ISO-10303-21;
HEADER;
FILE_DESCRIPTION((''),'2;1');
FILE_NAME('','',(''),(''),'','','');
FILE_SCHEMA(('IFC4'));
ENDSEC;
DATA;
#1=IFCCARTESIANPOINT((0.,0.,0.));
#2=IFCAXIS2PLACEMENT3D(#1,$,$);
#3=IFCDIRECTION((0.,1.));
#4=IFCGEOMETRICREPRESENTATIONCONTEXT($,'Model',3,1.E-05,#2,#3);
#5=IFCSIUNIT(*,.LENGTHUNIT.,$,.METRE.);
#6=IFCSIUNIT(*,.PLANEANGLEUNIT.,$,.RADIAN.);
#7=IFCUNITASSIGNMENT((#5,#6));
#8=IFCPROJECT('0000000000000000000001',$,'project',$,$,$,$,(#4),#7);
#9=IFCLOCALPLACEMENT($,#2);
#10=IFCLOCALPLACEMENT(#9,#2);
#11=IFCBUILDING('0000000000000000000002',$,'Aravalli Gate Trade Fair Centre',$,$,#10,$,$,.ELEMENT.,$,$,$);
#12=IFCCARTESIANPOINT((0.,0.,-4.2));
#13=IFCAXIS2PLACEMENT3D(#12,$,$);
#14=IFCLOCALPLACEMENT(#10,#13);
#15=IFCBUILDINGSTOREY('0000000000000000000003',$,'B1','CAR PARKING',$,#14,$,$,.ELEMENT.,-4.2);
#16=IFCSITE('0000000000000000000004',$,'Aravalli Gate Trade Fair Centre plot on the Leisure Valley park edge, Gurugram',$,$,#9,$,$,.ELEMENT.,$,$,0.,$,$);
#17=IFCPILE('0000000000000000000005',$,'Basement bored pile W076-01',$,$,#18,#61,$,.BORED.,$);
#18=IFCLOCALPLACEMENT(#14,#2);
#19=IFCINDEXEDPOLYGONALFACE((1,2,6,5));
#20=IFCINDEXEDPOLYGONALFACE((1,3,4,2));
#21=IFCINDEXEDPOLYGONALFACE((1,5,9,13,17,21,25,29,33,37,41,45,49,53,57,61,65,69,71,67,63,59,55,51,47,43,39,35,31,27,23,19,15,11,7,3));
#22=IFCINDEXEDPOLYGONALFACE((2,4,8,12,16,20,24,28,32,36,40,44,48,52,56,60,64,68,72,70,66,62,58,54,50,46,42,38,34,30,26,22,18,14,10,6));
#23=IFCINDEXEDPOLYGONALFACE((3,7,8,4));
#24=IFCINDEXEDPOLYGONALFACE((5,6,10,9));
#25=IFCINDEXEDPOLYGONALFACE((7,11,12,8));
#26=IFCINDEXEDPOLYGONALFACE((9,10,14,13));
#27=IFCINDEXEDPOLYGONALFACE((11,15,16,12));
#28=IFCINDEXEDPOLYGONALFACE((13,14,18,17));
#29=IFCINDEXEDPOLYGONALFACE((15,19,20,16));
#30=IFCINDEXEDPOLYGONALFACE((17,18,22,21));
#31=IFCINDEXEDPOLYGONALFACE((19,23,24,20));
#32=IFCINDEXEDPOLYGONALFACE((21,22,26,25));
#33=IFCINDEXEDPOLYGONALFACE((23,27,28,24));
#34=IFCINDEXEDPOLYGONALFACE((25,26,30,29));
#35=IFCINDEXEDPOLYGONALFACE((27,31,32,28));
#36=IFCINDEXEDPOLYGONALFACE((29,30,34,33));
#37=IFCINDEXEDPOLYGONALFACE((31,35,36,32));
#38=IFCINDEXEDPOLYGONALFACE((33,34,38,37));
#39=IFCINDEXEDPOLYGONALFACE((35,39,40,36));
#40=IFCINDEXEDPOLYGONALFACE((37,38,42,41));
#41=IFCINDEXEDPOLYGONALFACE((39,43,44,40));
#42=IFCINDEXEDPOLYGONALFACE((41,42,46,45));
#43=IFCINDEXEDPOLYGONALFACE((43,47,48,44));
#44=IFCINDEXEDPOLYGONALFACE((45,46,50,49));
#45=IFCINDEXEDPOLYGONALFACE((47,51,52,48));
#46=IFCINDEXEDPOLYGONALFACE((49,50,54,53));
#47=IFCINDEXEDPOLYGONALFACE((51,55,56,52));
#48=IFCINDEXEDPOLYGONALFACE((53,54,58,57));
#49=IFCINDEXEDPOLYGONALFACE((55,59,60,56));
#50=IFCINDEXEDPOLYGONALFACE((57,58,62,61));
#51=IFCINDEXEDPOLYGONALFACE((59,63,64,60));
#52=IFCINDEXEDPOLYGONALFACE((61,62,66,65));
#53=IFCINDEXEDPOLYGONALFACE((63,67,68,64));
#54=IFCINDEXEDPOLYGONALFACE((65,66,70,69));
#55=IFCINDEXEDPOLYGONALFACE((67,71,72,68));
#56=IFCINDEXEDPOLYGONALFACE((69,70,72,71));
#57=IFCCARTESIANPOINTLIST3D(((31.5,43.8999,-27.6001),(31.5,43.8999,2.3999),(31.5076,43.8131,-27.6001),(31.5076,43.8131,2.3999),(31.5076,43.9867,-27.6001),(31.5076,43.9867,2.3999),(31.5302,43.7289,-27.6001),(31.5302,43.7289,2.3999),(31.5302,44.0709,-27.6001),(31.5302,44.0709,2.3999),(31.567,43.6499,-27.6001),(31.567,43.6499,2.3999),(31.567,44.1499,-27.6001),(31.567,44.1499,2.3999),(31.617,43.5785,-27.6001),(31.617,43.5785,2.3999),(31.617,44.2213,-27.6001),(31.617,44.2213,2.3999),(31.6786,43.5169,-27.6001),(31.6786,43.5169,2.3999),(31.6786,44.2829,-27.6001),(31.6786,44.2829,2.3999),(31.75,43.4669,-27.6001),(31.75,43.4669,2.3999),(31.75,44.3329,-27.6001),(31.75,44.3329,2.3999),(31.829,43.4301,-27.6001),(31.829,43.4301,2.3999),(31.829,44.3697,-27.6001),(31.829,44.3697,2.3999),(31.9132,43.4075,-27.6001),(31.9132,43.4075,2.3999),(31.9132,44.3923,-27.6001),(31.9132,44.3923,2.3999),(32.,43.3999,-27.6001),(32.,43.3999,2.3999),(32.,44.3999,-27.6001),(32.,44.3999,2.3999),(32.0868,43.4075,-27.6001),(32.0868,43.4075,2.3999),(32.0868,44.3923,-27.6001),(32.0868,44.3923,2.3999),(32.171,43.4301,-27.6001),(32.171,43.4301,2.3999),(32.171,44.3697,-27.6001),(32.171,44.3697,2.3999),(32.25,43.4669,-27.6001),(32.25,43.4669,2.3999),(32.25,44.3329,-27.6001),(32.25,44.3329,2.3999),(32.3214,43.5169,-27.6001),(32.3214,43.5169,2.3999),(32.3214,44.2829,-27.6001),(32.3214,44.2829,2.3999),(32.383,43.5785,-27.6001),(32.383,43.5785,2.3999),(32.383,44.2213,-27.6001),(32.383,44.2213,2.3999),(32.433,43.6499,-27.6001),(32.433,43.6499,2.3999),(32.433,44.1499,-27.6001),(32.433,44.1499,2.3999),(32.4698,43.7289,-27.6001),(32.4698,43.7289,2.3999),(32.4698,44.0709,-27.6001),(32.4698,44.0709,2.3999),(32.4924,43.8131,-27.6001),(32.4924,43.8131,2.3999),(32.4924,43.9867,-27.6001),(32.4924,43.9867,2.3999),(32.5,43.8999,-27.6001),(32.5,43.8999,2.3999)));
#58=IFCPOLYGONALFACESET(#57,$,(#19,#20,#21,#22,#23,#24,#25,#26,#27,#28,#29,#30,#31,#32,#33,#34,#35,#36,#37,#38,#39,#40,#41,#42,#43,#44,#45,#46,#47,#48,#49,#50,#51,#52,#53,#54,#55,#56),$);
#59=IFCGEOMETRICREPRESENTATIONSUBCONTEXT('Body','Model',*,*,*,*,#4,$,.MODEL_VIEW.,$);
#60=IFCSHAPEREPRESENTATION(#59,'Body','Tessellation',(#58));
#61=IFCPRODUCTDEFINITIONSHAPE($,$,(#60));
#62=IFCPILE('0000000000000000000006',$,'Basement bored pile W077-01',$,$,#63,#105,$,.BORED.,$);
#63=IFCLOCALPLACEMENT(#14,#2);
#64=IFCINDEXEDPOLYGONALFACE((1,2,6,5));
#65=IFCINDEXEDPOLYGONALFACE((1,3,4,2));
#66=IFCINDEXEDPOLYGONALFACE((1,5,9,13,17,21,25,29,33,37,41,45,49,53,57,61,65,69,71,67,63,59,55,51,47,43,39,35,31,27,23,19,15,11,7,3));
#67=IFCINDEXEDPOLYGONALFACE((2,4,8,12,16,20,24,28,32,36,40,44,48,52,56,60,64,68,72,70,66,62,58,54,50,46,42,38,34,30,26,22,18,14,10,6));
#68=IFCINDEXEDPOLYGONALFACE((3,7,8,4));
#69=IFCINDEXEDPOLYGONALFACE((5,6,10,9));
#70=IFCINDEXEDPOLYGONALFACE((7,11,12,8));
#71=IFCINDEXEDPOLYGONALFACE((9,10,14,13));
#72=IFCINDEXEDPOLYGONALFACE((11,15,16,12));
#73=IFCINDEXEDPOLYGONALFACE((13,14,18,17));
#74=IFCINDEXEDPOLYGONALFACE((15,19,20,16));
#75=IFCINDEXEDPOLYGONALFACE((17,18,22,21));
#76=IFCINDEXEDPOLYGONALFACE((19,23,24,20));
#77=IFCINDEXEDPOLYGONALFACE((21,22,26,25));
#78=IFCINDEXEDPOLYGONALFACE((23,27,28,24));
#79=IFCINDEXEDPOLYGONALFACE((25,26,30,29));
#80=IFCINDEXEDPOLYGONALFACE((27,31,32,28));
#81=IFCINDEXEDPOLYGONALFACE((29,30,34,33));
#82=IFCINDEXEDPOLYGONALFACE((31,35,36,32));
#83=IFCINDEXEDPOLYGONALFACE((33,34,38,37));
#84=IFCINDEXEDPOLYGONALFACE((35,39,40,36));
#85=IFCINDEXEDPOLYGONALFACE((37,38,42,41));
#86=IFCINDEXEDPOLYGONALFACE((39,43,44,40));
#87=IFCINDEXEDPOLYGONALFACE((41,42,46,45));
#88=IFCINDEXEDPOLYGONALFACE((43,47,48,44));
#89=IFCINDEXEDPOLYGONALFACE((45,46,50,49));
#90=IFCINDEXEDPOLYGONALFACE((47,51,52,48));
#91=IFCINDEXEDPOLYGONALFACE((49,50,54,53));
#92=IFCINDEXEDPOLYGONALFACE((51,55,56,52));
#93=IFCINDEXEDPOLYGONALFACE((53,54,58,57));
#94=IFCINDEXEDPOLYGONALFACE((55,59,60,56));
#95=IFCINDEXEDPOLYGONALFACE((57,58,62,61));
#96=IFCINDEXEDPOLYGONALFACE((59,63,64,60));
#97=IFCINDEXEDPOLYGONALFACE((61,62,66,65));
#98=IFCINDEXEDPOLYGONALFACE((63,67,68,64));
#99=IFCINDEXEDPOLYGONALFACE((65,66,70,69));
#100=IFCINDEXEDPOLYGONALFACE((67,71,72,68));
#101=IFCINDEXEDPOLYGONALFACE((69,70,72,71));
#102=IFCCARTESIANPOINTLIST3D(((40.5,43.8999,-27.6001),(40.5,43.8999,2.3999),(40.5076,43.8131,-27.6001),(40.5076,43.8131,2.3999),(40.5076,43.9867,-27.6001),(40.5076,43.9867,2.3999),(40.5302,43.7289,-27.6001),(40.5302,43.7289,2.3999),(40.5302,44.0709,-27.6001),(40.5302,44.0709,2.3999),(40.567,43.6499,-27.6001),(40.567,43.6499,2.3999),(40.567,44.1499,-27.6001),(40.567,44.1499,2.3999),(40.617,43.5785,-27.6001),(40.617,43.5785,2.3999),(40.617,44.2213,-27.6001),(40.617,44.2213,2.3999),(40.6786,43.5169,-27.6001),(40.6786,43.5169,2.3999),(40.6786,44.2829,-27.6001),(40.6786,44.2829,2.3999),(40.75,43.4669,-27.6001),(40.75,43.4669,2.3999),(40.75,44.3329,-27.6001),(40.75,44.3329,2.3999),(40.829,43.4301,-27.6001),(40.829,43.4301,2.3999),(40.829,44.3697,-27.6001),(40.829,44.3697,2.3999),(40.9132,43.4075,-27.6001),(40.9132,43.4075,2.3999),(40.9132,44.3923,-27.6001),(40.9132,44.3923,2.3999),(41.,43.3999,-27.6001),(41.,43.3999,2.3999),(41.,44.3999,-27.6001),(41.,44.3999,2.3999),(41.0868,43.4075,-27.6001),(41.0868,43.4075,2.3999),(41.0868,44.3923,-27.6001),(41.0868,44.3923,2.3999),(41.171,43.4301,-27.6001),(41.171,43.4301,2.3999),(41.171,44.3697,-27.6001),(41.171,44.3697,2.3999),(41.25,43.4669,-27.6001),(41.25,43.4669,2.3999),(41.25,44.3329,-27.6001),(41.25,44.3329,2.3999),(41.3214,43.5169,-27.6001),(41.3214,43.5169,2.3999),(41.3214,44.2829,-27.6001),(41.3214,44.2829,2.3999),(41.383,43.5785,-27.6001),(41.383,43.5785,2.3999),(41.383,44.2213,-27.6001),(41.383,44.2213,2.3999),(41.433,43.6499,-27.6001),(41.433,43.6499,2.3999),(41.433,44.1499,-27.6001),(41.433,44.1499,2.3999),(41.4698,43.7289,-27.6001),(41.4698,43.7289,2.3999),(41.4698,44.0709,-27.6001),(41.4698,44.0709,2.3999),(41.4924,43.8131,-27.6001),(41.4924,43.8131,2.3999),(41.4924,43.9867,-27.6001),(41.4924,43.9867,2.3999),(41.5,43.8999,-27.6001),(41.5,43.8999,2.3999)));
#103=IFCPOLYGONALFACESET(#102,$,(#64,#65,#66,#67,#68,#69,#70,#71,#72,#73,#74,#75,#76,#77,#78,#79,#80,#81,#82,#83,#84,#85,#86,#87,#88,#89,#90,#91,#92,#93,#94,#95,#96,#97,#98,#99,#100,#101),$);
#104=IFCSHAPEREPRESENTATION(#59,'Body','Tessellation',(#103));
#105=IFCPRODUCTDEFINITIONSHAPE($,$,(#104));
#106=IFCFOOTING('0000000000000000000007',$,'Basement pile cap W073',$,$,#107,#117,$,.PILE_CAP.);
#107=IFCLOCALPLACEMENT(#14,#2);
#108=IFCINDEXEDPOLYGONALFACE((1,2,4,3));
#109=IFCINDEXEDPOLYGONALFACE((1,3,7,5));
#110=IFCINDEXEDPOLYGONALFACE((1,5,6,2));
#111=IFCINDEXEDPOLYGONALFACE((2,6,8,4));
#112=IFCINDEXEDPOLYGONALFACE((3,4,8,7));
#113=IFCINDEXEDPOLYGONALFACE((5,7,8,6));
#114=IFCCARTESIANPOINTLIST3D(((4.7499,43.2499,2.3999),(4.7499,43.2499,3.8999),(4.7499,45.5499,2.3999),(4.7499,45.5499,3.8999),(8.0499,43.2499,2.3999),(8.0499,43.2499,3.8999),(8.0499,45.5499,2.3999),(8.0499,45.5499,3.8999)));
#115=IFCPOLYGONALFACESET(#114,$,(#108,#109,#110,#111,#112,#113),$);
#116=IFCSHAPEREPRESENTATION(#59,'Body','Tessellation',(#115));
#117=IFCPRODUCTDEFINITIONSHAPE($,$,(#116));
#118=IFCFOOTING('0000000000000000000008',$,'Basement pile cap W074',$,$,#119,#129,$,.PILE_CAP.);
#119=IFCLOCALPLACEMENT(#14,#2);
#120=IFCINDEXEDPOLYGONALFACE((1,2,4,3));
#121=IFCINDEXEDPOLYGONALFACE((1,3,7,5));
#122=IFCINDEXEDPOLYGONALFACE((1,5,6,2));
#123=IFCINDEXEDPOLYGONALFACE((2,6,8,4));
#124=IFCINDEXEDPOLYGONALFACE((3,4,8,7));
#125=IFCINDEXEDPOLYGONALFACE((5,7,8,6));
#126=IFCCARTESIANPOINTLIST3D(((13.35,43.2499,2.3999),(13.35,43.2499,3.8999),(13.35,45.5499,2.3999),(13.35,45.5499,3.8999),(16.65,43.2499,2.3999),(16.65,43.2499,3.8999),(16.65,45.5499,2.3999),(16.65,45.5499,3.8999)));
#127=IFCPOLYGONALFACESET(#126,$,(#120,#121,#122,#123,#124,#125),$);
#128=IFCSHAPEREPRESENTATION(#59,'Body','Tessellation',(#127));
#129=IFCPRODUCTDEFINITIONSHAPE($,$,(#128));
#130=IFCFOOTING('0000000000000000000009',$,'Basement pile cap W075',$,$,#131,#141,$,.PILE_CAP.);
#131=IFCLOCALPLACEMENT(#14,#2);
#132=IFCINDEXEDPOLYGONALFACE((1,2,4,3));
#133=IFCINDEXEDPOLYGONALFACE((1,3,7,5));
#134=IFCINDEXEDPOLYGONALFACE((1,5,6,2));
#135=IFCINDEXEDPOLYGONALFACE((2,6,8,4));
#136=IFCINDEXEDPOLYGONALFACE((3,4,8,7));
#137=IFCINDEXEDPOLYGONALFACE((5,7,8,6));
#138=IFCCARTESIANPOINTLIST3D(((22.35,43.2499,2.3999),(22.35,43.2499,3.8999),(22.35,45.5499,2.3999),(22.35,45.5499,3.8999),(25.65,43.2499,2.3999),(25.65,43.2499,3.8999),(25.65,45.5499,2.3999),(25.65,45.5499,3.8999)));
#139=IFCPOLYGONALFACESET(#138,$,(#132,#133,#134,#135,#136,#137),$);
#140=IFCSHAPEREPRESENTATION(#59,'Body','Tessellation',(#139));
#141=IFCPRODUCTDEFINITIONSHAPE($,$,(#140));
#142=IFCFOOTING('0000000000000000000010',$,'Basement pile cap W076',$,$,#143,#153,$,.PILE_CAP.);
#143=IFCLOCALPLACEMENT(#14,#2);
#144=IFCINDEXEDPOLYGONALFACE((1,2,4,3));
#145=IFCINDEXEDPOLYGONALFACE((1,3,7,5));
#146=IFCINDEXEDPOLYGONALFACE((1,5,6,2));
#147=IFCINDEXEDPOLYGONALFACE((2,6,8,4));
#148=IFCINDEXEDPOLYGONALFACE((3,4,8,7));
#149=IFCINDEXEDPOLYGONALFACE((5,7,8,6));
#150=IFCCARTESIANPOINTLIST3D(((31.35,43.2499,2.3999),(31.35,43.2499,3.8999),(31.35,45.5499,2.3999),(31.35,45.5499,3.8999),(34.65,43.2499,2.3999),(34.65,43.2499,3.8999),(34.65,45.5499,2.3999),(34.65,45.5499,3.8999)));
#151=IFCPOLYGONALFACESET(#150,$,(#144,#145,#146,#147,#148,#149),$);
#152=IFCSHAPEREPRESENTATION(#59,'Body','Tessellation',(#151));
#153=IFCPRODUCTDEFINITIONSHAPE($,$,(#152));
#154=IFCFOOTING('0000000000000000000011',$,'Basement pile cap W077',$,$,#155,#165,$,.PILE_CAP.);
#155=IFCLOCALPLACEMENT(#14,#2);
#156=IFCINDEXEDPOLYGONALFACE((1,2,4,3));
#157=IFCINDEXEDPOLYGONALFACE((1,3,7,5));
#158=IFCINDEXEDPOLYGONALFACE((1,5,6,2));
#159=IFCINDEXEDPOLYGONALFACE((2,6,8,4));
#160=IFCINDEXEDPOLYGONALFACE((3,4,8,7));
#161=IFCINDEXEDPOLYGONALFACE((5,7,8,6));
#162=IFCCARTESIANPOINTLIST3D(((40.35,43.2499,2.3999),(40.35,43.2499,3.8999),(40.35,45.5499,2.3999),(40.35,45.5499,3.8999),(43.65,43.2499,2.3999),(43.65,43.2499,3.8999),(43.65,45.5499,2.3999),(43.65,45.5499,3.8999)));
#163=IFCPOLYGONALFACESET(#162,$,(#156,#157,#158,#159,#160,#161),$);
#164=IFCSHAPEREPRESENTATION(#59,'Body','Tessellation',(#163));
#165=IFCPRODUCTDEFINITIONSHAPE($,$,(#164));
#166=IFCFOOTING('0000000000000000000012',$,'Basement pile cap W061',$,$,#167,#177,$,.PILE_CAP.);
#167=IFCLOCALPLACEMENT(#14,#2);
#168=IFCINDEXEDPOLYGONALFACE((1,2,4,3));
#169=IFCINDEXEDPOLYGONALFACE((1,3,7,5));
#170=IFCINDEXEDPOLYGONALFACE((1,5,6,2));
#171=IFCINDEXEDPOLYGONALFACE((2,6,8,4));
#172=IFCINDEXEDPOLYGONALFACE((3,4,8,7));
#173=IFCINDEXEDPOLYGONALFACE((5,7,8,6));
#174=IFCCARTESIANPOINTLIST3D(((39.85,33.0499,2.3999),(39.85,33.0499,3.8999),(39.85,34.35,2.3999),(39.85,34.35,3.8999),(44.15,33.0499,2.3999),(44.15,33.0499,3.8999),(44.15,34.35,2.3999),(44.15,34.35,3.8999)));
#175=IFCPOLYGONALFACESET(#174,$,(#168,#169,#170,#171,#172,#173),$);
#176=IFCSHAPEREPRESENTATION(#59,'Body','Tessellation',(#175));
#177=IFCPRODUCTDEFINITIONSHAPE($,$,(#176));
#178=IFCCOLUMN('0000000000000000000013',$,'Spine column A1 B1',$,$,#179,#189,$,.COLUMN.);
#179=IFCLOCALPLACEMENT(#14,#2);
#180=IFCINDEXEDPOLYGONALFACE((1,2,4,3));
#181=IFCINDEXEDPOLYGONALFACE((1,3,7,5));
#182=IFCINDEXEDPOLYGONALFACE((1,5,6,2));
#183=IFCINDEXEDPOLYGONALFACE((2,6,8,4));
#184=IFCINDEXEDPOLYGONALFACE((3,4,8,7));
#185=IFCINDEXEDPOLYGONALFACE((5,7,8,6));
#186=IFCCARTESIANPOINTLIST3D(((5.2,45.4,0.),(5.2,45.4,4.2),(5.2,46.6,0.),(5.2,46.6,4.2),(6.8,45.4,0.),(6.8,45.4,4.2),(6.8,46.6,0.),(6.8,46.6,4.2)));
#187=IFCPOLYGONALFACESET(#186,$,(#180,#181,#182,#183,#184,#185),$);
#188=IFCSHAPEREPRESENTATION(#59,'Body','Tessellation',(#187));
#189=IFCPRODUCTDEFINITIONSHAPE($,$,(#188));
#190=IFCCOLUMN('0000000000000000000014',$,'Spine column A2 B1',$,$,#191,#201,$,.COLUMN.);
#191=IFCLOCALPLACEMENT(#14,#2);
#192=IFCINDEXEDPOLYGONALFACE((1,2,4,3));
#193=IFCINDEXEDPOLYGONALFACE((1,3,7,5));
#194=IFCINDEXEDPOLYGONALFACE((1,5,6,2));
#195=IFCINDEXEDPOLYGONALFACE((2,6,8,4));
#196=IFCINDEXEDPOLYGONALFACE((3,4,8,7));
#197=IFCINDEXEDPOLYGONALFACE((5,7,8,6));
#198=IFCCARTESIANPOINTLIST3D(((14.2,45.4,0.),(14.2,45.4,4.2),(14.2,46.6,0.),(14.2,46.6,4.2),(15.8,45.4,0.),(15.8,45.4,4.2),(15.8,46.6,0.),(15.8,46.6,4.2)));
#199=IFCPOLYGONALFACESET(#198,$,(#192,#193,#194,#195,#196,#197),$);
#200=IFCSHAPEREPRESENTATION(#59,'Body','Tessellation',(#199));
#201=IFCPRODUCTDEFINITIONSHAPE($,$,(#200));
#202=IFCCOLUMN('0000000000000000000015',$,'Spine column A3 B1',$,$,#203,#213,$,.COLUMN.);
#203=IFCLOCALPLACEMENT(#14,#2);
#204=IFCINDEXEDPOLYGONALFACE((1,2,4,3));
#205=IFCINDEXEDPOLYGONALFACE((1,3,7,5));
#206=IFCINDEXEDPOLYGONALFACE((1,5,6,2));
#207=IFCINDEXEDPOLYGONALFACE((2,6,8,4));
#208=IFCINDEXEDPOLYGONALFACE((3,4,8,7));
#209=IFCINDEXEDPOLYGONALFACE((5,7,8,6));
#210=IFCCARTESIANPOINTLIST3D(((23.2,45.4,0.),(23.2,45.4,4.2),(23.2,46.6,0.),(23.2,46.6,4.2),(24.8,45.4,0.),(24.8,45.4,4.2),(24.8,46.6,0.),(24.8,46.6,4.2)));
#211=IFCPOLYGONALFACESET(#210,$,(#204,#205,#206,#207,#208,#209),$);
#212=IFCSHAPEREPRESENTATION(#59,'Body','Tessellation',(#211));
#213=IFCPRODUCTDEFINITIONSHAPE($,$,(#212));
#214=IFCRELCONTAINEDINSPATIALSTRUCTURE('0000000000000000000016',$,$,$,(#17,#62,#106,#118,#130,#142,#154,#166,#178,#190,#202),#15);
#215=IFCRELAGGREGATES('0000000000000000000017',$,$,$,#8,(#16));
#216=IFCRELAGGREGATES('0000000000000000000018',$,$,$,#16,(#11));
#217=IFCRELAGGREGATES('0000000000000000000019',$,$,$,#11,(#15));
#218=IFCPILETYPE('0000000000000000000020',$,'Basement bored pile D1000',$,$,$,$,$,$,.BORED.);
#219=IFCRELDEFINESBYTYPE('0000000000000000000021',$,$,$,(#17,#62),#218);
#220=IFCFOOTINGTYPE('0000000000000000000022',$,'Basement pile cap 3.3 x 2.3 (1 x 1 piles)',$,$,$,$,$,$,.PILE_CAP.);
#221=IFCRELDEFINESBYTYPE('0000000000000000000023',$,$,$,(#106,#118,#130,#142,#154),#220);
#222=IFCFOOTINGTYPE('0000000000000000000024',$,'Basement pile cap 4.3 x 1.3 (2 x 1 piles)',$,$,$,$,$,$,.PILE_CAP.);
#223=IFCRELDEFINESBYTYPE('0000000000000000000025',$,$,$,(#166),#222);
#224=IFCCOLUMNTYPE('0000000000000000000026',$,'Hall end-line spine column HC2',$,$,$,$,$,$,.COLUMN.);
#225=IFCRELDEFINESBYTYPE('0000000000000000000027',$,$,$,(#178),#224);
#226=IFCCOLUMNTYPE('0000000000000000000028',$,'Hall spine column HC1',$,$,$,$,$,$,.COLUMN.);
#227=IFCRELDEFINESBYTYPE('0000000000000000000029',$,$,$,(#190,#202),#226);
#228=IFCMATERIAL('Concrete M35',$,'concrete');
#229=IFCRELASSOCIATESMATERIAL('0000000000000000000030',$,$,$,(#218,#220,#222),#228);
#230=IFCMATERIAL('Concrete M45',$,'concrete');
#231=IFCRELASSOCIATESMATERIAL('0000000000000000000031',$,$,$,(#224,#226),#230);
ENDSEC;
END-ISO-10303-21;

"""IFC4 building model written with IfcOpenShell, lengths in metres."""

from ifc_helpers import new_model, si_unit, direction, frame, origin, origin_2d, place, context, subcontext, project, spatial, rectangle, circle, extrude, material, material_profile, profile_set, type_object, element, save


model = new_model("IFC4")

# Units and contexts
model_context = context("Model", 3, precision=1e-05, world=origin(), true_north=direction((0.0, 1.0)))
body_context = subcontext(model_context, "Body", "Model", "MODEL_VIEW")
ifc_project = project(units=[si_unit("LENGTHUNIT", "METRE"), si_unit("PLANEANGLEUNIT", "RADIAN")], contexts=[model_context])

# Site, building, storey
site_placement = place(None, origin())
site = spatial("IfcSite", under=ifc_project, at=site_placement, Name="Aravalli Gate Trade Fair Centre plot on the Leisure Valley park edge, Gurugram", CompositionType="ELEMENT", RefElevation=0.0)
building_placement = place(site_placement, origin())
building = spatial("IfcBuilding", under=site, at=building_placement, Name="Aravalli Gate Trade Fair Centre", CompositionType="ELEMENT")
storey_placement = place(building_placement, frame((0.0, 0.0, -4.2)))
storey = spatial("IfcBuildingStorey", under=building, at=storey_placement, Name="B1", Description="CAR PARKING", CompositionType="ELEMENT", Elevation=-4.2)

# Piles
ifc_material_1 = material(Name="Concrete M35", Category="concrete")
ifc_material_profile_1 = material_profile(ifc_material_1, circle(Radius=0.5, at=origin_2d()), Name="D1000")
ifc_profile_set_1 = profile_set([ifc_material_profile_1], Name="Concrete M35")
pile_type = type_object("IfcPileType", Name="Basement bored pile D1000", PredefinedType="BORED", material=ifc_profile_set_1)
for number, where, z_axis, x_axis, name in (
    (1, (32.0, 43.8999, 2.3999), (0.0, 0.0, -1.0), (1.0, 0.0, 0.0), "Basement bored pile W076-01"),
    (2, (41.0, 43.8999, 2.3999), (0.0, 0.0, -1.0), (1.0, 0.0, 0.0), "Basement bored pile W077-01"),
):
    element("IfcPile", number, at=place(storey_placement, frame(where, z_axis=z_axis, x_axis=x_axis)), inside=storey, type_object=pile_type, Name=name, PredefinedType="BORED", context=body_context, shape_type="SweptSolid", body=[
        extrude(circle(Radius=0.5, at=origin_2d()), origin(), (0.0, 0.0, 1.0), 30.0),
    ])

# Footings
footing_type_1 = type_object("IfcFootingType", Name="Basement pile cap 3.3 x 2.3 (1 x 1 piles)", PredefinedType="PILE_CAP", material=ifc_material_1)
for number, where, z_axis, x_axis, name in (
    (3, (6.3999, 44.3999, 2.3999), (0.0, 0.0, 1.0), (1.0, 0.0, 0.0), "Basement pile cap W073"),
    (4, (15.0, 44.3999, 2.3999), (0.0, 0.0, 1.0), (1.0, 0.0, 0.0), "Basement pile cap W074"),
    (5, (24.0, 44.3999, 2.3999), (0.0, 0.0, 1.0), (1.0, 0.0, 0.0), "Basement pile cap W075"),
    (6, (33.0, 44.3999, 2.3999), (0.0, 0.0, 1.0), (1.0, 0.0, 0.0), "Basement pile cap W076"),
    (7, (42.0, 44.3999, 2.3999), (0.0, 0.0, 1.0), (1.0, 0.0, 0.0), "Basement pile cap W077"),
):
    element("IfcFooting", number, at=place(storey_placement, frame(where, z_axis=z_axis, x_axis=x_axis)), inside=storey, type_object=footing_type_1, Name=name, PredefinedType="PILE_CAP", context=body_context, shape_type="SweptSolid", body=[
        extrude(rectangle(XDim=3.3, YDim=2.3, at=origin_2d()), origin(), (0.0, 0.0, 1.0), 1.5),
    ])
footing_type_2 = type_object("IfcFootingType", Name="Basement pile cap 4.3 x 1.3 (2 x 1 piles)", PredefinedType="PILE_CAP", material=ifc_material_1)
footing_placement = place(storey_placement, frame((42.0, 33.7, 2.3999), z_axis=(0.0, 0.0, 1.0), x_axis=(1.0, 0.0, 0.0)))
element("IfcFooting", 8, at=footing_placement, inside=storey, type_object=footing_type_2, Name="Basement pile cap W061", PredefinedType="PILE_CAP", context=body_context, shape_type="SweptSolid", body=[
    extrude(rectangle(XDim=4.3, YDim=1.3, at=origin_2d()), origin(), (0.0, 0.0, 1.0), 1.5),
])

# Columns
ifc_material_2 = material(Name="Concrete M45", Category="concrete")
ifc_material_profile_2 = material_profile(ifc_material_2, rectangle(XDim=1.6001, YDim=1.2, at=origin_2d()), Name="RC 1600x1200")
ifc_profile_set_2 = profile_set([ifc_material_profile_2], Name="Concrete M45")
column_type_1 = type_object("IfcColumnType", Name="Hall end-line spine column HC2", PredefinedType="COLUMN", material=ifc_profile_set_2)
column_placement = place(storey_placement, frame((6.0, 46.0, 0.0), z_axis=(0.0, 0.0, 1.0), x_axis=(1.0, 0.0, 0.0)))
element("IfcColumn", 9, at=column_placement, inside=storey, type_object=column_type_1, Name="Spine column A1 B1", PredefinedType="COLUMN", context=body_context, shape_type="SweptSolid", body=[
    extrude(rectangle(XDim=1.6001, YDim=1.2, at=origin_2d()), origin(), (0.0, 0.0, 1.0), 4.2),
])
ifc_material_profile_3 = material_profile(ifc_material_2, rectangle(XDim=1.6001, YDim=1.2, at=origin_2d()), Name="RC 1600x1200")
ifc_profile_set_3 = profile_set([ifc_material_profile_3], Name="Concrete M45")
column_type_2 = type_object("IfcColumnType", Name="Hall spine column HC1", PredefinedType="COLUMN", material=ifc_profile_set_3)
for number, where, z_axis, x_axis, name in (
    (10, (15.0, 46.0, 0.0), (0.0, 0.0, 1.0), (1.0, 0.0, 0.0), "Spine column A2 B1"),
    (11, (24.0, 46.0, 0.0), (0.0, 0.0, 1.0), (1.0, 0.0, 0.0), "Spine column A3 B1"),
):
    element("IfcColumn", number, at=place(storey_placement, frame(where, z_axis=z_axis, x_axis=x_axis)), inside=storey, type_object=column_type_2, Name=name, PredefinedType="COLUMN", context=body_context, shape_type="SweptSolid", body=[
        extrude(rectangle(XDim=1.6001, YDim=1.2, at=origin_2d()), origin(), (0.0, 0.0, 1.0), 4.2),
    ])

save(model, "model.ifc")
